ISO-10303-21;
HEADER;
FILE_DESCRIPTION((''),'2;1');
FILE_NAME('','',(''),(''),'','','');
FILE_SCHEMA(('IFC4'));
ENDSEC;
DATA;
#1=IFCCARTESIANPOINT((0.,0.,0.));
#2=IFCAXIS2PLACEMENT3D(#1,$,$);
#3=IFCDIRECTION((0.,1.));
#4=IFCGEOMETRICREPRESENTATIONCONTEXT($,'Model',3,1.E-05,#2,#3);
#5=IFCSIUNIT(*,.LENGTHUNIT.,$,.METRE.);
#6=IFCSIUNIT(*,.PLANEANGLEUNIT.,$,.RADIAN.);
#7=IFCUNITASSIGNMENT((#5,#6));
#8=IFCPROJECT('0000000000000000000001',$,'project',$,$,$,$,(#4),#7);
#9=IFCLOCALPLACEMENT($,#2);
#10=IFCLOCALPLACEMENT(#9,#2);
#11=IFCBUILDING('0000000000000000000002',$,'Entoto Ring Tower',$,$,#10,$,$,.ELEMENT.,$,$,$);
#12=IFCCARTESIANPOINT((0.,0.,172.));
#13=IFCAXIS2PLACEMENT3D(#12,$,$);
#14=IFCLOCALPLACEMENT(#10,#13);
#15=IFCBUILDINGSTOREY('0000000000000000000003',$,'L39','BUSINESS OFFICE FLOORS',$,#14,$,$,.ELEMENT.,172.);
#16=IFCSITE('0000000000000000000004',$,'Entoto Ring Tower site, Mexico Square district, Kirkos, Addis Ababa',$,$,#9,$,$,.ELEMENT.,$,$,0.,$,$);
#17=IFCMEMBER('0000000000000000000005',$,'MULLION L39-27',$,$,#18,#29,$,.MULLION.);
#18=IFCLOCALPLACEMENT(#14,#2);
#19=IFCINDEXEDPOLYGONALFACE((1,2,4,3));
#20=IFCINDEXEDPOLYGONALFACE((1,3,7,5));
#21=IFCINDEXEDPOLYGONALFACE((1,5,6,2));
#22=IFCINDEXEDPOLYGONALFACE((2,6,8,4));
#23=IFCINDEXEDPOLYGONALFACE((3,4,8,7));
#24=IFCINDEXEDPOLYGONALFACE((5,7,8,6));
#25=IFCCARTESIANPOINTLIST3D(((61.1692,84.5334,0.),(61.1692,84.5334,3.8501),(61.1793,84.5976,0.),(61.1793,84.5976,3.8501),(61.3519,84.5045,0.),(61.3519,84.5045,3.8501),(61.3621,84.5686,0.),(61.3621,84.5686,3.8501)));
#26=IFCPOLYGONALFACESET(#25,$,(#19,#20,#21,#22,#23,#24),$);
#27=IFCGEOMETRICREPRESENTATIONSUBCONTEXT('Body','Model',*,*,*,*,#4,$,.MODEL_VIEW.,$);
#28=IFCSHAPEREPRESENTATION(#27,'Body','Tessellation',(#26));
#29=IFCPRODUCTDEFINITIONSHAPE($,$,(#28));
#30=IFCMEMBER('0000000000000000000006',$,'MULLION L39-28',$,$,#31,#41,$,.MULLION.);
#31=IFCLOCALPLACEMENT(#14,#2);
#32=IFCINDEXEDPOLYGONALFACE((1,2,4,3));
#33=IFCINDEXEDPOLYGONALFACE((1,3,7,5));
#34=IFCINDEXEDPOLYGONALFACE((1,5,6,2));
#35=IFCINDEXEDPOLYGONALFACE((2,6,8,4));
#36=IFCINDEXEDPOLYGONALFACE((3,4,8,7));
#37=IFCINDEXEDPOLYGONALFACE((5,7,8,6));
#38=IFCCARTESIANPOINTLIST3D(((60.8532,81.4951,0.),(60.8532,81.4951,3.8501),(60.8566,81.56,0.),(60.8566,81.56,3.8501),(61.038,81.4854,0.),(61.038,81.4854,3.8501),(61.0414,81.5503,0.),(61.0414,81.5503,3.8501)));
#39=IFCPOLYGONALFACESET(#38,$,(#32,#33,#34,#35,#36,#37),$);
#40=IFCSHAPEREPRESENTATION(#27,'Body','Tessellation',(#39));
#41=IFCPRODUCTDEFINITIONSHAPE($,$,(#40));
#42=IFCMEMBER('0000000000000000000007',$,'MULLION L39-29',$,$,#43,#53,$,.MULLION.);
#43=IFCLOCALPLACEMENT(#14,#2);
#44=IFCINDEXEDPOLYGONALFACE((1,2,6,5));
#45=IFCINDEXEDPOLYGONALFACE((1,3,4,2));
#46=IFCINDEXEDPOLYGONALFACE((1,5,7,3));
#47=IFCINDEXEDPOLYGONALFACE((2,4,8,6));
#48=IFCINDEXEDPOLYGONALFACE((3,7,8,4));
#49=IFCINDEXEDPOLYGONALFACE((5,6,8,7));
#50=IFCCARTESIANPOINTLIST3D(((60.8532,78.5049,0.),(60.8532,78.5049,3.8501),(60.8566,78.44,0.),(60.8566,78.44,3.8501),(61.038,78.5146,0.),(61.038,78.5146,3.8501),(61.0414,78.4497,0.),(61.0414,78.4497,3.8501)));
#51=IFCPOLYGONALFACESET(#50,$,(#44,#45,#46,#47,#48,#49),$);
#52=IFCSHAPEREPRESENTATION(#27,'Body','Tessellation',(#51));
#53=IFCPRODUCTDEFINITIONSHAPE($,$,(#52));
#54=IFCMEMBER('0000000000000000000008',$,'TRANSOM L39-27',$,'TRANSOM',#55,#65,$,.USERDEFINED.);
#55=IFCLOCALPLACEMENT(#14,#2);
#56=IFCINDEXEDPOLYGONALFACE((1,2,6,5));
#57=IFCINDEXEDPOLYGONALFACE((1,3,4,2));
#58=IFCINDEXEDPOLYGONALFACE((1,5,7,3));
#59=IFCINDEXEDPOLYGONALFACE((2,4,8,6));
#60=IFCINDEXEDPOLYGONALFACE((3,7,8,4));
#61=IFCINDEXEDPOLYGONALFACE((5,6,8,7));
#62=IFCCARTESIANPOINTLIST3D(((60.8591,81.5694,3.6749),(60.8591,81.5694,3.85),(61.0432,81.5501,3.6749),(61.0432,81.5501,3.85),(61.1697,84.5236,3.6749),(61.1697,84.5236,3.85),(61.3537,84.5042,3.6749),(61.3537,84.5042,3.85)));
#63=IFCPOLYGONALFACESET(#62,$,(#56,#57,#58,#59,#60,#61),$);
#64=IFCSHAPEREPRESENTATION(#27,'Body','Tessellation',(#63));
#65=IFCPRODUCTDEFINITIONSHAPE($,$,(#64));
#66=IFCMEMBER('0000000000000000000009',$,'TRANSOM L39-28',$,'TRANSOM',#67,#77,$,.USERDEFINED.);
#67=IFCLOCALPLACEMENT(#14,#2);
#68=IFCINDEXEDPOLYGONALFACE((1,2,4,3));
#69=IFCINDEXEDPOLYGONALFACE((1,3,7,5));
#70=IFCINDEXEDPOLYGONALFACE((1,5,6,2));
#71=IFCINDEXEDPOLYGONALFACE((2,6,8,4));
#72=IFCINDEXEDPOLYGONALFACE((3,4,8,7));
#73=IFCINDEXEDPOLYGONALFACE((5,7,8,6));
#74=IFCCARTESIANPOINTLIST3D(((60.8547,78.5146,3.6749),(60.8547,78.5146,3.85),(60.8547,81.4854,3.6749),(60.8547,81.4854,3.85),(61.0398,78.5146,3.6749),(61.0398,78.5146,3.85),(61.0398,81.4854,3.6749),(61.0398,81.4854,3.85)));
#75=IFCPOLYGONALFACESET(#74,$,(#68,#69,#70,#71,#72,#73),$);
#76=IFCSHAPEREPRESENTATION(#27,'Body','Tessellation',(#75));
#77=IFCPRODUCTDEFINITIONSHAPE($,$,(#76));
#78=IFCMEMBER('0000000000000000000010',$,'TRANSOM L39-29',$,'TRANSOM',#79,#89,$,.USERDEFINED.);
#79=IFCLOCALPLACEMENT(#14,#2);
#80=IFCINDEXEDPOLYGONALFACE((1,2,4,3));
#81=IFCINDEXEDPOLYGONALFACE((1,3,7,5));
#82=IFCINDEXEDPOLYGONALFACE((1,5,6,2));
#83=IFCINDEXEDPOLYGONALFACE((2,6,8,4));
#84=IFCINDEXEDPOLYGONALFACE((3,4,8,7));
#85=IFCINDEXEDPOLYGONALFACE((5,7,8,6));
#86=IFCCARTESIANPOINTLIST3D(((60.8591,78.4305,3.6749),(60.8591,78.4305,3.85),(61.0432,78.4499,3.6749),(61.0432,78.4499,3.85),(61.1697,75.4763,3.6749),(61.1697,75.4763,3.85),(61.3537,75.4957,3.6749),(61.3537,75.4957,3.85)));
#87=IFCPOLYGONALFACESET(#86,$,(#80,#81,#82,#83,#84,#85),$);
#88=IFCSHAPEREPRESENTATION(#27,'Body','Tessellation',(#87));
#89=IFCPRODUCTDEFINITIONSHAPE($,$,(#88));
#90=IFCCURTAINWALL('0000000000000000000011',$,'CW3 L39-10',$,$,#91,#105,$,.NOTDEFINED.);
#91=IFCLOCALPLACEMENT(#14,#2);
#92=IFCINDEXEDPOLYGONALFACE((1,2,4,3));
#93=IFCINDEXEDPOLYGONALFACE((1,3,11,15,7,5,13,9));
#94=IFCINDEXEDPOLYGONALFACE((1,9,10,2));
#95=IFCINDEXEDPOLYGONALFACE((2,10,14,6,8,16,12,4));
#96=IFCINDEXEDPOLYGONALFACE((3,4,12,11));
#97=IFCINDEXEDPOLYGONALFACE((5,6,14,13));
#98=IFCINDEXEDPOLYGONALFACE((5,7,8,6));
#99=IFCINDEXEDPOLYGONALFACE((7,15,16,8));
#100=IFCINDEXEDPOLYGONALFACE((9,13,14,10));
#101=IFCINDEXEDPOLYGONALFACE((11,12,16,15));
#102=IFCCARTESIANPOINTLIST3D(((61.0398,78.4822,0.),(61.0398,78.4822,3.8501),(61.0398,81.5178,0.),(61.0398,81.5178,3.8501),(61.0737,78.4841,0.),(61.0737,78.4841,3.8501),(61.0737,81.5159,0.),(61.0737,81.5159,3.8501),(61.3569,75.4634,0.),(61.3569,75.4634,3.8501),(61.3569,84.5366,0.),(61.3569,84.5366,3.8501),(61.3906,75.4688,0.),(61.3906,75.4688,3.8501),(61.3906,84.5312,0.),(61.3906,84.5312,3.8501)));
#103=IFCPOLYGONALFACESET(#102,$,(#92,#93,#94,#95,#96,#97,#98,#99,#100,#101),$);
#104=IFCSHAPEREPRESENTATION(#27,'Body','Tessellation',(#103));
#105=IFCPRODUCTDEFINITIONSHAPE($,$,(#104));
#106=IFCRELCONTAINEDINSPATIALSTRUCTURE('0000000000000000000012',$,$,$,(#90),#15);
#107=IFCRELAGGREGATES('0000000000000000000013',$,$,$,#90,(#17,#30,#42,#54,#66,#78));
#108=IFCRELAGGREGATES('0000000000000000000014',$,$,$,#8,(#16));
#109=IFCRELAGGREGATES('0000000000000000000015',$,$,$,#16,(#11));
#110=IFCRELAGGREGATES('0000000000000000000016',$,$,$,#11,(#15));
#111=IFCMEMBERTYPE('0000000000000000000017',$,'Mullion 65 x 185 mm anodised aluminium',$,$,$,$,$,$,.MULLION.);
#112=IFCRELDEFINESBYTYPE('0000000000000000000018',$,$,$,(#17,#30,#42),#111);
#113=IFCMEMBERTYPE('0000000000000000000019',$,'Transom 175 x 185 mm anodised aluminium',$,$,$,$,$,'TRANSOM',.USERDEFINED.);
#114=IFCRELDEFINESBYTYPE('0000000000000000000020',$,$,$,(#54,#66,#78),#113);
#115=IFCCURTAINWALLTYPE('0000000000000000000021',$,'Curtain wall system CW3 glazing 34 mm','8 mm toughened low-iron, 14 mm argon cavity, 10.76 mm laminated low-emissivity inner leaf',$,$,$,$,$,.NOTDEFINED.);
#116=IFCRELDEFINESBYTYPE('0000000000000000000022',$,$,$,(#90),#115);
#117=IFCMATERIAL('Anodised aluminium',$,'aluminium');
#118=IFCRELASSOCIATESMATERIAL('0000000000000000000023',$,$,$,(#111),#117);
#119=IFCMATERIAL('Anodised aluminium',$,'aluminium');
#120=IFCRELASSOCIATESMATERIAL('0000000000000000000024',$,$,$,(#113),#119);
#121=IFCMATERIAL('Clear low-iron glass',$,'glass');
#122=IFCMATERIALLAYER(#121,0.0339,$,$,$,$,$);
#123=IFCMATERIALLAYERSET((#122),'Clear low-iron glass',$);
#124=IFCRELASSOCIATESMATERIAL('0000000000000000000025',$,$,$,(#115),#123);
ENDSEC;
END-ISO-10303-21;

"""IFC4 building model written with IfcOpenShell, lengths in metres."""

from ifc_helpers import new_model, si_unit, direction, frame, origin, origin_2d, place, context, subcontext, project, spatial, polyline, rectangle, outline, extrude, material, layer, layer_set, material_profile, profile_set, type_object, element, aggregate, save


model = new_model("IFC4")

# Units and contexts
model_context = context("Model", 3, precision=1e-05, world=origin(), true_north=direction((0.0, 1.0)))
body_context = subcontext(model_context, "Body", "Model", "MODEL_VIEW")
ifc_project = project(units=[si_unit("LENGTHUNIT", "METRE"), si_unit("PLANEANGLEUNIT", "RADIAN")], contexts=[model_context])

# Members
ifc_material_1 = material(Name="Anodised aluminium", Category="aluminium")
ifc_material_profile_1 = material_profile(ifc_material_1, rectangle(XDim=0.0649, YDim=0.1851, at=origin_2d()), Name="Mullion 65 x 185 mm anodised aluminium")
ifc_profile_set_1 = profile_set([ifc_material_profile_1], Name="Anodised aluminium")
member_type_1 = type_object("IfcMemberType", Name="Mullion 65 x 185 mm anodised aluminium", PredefinedType="MULLION", material=ifc_profile_set_1)
site_placement = place(None, origin())
building_placement = place(site_placement, origin())
storey_placement = place(building_placement, frame((0.0, 0.0, 172.0)))
member_1_placement = place(storey_placement, frame((61.2656, 84.551, 0.0), z_axis=(0.0, 0.0, 1.0), x_axis=(-0.156434, -0.987688, 0.0)))
member_1 = element("IfcMember", 1, at=member_1_placement, type_object=member_type_1, Name="MULLION L39-27", PredefinedType="MULLION", context=body_context, shape_type="SweptSolid", body=[
    extrude(rectangle(XDim=0.0649, YDim=0.1851, at=origin_2d()), origin(), (0.0, 0.0, 1.0), 3.8501),
])
member_2_placement = place(storey_placement, frame((60.9473, 81.5227, 0.0), z_axis=(0.0, 0.0, 1.0), x_axis=(-0.052336, -0.99863, 0.0)))
member_2 = element("IfcMember", 2, at=member_2_placement, type_object=member_type_1, Name="MULLION L39-28", PredefinedType="MULLION", context=body_context, shape_type="SweptSolid", body=[
    extrude(rectangle(XDim=0.0649, YDim=0.1851, at=origin_2d()), origin(), (0.0, 0.0, 1.0), 3.8501),
])
member_3_placement = place(storey_placement, frame((60.9473, 78.4773, 0.0), z_axis=(0.0, 0.0, 1.0), x_axis=(0.052336, -0.99863, 0.0)))
member_3 = element("IfcMember", 3, at=member_3_placement, type_object=member_type_1, Name="MULLION L39-29", PredefinedType="MULLION", context=body_context, shape_type="SweptSolid", body=[
    extrude(rectangle(XDim=0.0649, YDim=0.1851, at=origin_2d()), origin(), (0.0, 0.0, 1.0), 3.8501),
])
ifc_material_2 = material(Name="Anodised aluminium", Category="aluminium")
ifc_material_profile_2 = material_profile(ifc_material_2, rectangle(XDim=0.1851, YDim=0.175, at=origin_2d()), Name="Transom 175 x 185 mm anodised aluminium")
ifc_profile_set_2 = profile_set([ifc_material_profile_2], Name="Anodised aluminium")
member_type_2 = type_object("IfcMemberType", Name="Transom 175 x 185 mm anodised aluminium", ElementType="TRANSOM", PredefinedType="USERDEFINED", material=ifc_profile_set_2)
member_4_placement = place(storey_placement, frame((61.2617, 84.5139, 3.7625), z_axis=(-0.104548, -0.99452, 0.0), x_axis=(0.99452, -0.104548, 0.0)))
member_4 = element("IfcMember", 4, at=member_4_placement, type_object=member_type_2, Name="TRANSOM L39-27", ObjectType="TRANSOM", PredefinedType="USERDEFINED", context=body_context, shape_type="SweptSolid", body=[
    extrude(rectangle(XDim=0.1851, YDim=0.175, at=origin_2d()), origin(), (0.0, 0.0, 1.0), 2.9705),
])
member_5_placement = place(storey_placement, frame((60.9473, 81.4854, 3.7625), z_axis=(0.0, -1.0, 0.0), x_axis=(1.0, 0.0, 0.0)))
member_5 = element("IfcMember", 5, at=member_5_placement, type_object=member_type_2, Name="TRANSOM L39-28", ObjectType="TRANSOM", PredefinedType="USERDEFINED", context=body_context, shape_type="SweptSolid", body=[
    extrude(rectangle(XDim=0.1851, YDim=0.175, at=origin_2d()), origin(), (0.0, 0.0, 1.0), 2.9707),
])
member_6_placement = place(storey_placement, frame((60.9512, 78.4402, 3.7625), z_axis=(0.104548, -0.99452, 0.0), x_axis=(0.99452, 0.104548, 0.0)))
member_6 = element("IfcMember", 6, at=member_6_placement, type_object=member_type_2, Name="TRANSOM L39-29", ObjectType="TRANSOM", PredefinedType="USERDEFINED", context=body_context, shape_type="SweptSolid", body=[
    extrude(rectangle(XDim=0.1851, YDim=0.175, at=origin_2d()), origin(), (0.0, 0.0, 1.0), 2.9705),
])

# Site, building, storey
site = spatial("IfcSite", under=ifc_project, at=site_placement, Name="Entoto Ring Tower site, Mexico Square district, Kirkos, Addis Ababa", CompositionType="ELEMENT", RefElevation=0.0)
building = spatial("IfcBuilding", under=site, at=building_placement, Name="Entoto Ring Tower", CompositionType="ELEMENT")
storey = spatial("IfcBuildingStorey", under=building, at=storey_placement, Name="L39", Description="BUSINESS OFFICE FLOORS", CompositionType="ELEMENT", Elevation=172.0)

# Curtain wall
ifc_material_3 = material(Name="Clear low-iron glass", Category="glass")
ifc_layer = layer(ifc_material_3, 0.0339)
ifc_layer_set = layer_set([ifc_layer], Name="Clear low-iron glass")
curtain_wall_type = type_object("IfcCurtainWallType", Name="Curtain wall system CW3 glazing 34 mm", Description="8 mm toughened low-iron, 14 mm argon cavity, 10.76 mm laminated low-emissivity inner leaf", PredefinedType="NOTDEFINED", material=ifc_layer_set)
curtain_wall_1_placement = place(storey_placement, origin())
curtain_wall_1 = element("IfcCurtainWall", 7, at=curtain_wall_1_placement, inside=storey, type_object=curtain_wall_type, Name="CW3 L39-10", PredefinedType="NOTDEFINED", context=body_context, shape_type="SweptSolid", body=[
    extrude(outline(polyline([(61.3569, 84.5366), (61.0398, 81.5178), (61.0398, 78.4822), (61.3569, 75.4634), (61.3906, 75.4688), (61.0737, 78.4841), (61.0737, 81.5159), (61.3906, 84.5312), (61.3569, 84.5366)])), origin(), (0.0, 0.0, 1.0), 3.8501),
])
aggregate(curtain_wall_1, [member_1, member_2, member_3, member_4, member_5, member_6])

save(model, "model.ifc")
